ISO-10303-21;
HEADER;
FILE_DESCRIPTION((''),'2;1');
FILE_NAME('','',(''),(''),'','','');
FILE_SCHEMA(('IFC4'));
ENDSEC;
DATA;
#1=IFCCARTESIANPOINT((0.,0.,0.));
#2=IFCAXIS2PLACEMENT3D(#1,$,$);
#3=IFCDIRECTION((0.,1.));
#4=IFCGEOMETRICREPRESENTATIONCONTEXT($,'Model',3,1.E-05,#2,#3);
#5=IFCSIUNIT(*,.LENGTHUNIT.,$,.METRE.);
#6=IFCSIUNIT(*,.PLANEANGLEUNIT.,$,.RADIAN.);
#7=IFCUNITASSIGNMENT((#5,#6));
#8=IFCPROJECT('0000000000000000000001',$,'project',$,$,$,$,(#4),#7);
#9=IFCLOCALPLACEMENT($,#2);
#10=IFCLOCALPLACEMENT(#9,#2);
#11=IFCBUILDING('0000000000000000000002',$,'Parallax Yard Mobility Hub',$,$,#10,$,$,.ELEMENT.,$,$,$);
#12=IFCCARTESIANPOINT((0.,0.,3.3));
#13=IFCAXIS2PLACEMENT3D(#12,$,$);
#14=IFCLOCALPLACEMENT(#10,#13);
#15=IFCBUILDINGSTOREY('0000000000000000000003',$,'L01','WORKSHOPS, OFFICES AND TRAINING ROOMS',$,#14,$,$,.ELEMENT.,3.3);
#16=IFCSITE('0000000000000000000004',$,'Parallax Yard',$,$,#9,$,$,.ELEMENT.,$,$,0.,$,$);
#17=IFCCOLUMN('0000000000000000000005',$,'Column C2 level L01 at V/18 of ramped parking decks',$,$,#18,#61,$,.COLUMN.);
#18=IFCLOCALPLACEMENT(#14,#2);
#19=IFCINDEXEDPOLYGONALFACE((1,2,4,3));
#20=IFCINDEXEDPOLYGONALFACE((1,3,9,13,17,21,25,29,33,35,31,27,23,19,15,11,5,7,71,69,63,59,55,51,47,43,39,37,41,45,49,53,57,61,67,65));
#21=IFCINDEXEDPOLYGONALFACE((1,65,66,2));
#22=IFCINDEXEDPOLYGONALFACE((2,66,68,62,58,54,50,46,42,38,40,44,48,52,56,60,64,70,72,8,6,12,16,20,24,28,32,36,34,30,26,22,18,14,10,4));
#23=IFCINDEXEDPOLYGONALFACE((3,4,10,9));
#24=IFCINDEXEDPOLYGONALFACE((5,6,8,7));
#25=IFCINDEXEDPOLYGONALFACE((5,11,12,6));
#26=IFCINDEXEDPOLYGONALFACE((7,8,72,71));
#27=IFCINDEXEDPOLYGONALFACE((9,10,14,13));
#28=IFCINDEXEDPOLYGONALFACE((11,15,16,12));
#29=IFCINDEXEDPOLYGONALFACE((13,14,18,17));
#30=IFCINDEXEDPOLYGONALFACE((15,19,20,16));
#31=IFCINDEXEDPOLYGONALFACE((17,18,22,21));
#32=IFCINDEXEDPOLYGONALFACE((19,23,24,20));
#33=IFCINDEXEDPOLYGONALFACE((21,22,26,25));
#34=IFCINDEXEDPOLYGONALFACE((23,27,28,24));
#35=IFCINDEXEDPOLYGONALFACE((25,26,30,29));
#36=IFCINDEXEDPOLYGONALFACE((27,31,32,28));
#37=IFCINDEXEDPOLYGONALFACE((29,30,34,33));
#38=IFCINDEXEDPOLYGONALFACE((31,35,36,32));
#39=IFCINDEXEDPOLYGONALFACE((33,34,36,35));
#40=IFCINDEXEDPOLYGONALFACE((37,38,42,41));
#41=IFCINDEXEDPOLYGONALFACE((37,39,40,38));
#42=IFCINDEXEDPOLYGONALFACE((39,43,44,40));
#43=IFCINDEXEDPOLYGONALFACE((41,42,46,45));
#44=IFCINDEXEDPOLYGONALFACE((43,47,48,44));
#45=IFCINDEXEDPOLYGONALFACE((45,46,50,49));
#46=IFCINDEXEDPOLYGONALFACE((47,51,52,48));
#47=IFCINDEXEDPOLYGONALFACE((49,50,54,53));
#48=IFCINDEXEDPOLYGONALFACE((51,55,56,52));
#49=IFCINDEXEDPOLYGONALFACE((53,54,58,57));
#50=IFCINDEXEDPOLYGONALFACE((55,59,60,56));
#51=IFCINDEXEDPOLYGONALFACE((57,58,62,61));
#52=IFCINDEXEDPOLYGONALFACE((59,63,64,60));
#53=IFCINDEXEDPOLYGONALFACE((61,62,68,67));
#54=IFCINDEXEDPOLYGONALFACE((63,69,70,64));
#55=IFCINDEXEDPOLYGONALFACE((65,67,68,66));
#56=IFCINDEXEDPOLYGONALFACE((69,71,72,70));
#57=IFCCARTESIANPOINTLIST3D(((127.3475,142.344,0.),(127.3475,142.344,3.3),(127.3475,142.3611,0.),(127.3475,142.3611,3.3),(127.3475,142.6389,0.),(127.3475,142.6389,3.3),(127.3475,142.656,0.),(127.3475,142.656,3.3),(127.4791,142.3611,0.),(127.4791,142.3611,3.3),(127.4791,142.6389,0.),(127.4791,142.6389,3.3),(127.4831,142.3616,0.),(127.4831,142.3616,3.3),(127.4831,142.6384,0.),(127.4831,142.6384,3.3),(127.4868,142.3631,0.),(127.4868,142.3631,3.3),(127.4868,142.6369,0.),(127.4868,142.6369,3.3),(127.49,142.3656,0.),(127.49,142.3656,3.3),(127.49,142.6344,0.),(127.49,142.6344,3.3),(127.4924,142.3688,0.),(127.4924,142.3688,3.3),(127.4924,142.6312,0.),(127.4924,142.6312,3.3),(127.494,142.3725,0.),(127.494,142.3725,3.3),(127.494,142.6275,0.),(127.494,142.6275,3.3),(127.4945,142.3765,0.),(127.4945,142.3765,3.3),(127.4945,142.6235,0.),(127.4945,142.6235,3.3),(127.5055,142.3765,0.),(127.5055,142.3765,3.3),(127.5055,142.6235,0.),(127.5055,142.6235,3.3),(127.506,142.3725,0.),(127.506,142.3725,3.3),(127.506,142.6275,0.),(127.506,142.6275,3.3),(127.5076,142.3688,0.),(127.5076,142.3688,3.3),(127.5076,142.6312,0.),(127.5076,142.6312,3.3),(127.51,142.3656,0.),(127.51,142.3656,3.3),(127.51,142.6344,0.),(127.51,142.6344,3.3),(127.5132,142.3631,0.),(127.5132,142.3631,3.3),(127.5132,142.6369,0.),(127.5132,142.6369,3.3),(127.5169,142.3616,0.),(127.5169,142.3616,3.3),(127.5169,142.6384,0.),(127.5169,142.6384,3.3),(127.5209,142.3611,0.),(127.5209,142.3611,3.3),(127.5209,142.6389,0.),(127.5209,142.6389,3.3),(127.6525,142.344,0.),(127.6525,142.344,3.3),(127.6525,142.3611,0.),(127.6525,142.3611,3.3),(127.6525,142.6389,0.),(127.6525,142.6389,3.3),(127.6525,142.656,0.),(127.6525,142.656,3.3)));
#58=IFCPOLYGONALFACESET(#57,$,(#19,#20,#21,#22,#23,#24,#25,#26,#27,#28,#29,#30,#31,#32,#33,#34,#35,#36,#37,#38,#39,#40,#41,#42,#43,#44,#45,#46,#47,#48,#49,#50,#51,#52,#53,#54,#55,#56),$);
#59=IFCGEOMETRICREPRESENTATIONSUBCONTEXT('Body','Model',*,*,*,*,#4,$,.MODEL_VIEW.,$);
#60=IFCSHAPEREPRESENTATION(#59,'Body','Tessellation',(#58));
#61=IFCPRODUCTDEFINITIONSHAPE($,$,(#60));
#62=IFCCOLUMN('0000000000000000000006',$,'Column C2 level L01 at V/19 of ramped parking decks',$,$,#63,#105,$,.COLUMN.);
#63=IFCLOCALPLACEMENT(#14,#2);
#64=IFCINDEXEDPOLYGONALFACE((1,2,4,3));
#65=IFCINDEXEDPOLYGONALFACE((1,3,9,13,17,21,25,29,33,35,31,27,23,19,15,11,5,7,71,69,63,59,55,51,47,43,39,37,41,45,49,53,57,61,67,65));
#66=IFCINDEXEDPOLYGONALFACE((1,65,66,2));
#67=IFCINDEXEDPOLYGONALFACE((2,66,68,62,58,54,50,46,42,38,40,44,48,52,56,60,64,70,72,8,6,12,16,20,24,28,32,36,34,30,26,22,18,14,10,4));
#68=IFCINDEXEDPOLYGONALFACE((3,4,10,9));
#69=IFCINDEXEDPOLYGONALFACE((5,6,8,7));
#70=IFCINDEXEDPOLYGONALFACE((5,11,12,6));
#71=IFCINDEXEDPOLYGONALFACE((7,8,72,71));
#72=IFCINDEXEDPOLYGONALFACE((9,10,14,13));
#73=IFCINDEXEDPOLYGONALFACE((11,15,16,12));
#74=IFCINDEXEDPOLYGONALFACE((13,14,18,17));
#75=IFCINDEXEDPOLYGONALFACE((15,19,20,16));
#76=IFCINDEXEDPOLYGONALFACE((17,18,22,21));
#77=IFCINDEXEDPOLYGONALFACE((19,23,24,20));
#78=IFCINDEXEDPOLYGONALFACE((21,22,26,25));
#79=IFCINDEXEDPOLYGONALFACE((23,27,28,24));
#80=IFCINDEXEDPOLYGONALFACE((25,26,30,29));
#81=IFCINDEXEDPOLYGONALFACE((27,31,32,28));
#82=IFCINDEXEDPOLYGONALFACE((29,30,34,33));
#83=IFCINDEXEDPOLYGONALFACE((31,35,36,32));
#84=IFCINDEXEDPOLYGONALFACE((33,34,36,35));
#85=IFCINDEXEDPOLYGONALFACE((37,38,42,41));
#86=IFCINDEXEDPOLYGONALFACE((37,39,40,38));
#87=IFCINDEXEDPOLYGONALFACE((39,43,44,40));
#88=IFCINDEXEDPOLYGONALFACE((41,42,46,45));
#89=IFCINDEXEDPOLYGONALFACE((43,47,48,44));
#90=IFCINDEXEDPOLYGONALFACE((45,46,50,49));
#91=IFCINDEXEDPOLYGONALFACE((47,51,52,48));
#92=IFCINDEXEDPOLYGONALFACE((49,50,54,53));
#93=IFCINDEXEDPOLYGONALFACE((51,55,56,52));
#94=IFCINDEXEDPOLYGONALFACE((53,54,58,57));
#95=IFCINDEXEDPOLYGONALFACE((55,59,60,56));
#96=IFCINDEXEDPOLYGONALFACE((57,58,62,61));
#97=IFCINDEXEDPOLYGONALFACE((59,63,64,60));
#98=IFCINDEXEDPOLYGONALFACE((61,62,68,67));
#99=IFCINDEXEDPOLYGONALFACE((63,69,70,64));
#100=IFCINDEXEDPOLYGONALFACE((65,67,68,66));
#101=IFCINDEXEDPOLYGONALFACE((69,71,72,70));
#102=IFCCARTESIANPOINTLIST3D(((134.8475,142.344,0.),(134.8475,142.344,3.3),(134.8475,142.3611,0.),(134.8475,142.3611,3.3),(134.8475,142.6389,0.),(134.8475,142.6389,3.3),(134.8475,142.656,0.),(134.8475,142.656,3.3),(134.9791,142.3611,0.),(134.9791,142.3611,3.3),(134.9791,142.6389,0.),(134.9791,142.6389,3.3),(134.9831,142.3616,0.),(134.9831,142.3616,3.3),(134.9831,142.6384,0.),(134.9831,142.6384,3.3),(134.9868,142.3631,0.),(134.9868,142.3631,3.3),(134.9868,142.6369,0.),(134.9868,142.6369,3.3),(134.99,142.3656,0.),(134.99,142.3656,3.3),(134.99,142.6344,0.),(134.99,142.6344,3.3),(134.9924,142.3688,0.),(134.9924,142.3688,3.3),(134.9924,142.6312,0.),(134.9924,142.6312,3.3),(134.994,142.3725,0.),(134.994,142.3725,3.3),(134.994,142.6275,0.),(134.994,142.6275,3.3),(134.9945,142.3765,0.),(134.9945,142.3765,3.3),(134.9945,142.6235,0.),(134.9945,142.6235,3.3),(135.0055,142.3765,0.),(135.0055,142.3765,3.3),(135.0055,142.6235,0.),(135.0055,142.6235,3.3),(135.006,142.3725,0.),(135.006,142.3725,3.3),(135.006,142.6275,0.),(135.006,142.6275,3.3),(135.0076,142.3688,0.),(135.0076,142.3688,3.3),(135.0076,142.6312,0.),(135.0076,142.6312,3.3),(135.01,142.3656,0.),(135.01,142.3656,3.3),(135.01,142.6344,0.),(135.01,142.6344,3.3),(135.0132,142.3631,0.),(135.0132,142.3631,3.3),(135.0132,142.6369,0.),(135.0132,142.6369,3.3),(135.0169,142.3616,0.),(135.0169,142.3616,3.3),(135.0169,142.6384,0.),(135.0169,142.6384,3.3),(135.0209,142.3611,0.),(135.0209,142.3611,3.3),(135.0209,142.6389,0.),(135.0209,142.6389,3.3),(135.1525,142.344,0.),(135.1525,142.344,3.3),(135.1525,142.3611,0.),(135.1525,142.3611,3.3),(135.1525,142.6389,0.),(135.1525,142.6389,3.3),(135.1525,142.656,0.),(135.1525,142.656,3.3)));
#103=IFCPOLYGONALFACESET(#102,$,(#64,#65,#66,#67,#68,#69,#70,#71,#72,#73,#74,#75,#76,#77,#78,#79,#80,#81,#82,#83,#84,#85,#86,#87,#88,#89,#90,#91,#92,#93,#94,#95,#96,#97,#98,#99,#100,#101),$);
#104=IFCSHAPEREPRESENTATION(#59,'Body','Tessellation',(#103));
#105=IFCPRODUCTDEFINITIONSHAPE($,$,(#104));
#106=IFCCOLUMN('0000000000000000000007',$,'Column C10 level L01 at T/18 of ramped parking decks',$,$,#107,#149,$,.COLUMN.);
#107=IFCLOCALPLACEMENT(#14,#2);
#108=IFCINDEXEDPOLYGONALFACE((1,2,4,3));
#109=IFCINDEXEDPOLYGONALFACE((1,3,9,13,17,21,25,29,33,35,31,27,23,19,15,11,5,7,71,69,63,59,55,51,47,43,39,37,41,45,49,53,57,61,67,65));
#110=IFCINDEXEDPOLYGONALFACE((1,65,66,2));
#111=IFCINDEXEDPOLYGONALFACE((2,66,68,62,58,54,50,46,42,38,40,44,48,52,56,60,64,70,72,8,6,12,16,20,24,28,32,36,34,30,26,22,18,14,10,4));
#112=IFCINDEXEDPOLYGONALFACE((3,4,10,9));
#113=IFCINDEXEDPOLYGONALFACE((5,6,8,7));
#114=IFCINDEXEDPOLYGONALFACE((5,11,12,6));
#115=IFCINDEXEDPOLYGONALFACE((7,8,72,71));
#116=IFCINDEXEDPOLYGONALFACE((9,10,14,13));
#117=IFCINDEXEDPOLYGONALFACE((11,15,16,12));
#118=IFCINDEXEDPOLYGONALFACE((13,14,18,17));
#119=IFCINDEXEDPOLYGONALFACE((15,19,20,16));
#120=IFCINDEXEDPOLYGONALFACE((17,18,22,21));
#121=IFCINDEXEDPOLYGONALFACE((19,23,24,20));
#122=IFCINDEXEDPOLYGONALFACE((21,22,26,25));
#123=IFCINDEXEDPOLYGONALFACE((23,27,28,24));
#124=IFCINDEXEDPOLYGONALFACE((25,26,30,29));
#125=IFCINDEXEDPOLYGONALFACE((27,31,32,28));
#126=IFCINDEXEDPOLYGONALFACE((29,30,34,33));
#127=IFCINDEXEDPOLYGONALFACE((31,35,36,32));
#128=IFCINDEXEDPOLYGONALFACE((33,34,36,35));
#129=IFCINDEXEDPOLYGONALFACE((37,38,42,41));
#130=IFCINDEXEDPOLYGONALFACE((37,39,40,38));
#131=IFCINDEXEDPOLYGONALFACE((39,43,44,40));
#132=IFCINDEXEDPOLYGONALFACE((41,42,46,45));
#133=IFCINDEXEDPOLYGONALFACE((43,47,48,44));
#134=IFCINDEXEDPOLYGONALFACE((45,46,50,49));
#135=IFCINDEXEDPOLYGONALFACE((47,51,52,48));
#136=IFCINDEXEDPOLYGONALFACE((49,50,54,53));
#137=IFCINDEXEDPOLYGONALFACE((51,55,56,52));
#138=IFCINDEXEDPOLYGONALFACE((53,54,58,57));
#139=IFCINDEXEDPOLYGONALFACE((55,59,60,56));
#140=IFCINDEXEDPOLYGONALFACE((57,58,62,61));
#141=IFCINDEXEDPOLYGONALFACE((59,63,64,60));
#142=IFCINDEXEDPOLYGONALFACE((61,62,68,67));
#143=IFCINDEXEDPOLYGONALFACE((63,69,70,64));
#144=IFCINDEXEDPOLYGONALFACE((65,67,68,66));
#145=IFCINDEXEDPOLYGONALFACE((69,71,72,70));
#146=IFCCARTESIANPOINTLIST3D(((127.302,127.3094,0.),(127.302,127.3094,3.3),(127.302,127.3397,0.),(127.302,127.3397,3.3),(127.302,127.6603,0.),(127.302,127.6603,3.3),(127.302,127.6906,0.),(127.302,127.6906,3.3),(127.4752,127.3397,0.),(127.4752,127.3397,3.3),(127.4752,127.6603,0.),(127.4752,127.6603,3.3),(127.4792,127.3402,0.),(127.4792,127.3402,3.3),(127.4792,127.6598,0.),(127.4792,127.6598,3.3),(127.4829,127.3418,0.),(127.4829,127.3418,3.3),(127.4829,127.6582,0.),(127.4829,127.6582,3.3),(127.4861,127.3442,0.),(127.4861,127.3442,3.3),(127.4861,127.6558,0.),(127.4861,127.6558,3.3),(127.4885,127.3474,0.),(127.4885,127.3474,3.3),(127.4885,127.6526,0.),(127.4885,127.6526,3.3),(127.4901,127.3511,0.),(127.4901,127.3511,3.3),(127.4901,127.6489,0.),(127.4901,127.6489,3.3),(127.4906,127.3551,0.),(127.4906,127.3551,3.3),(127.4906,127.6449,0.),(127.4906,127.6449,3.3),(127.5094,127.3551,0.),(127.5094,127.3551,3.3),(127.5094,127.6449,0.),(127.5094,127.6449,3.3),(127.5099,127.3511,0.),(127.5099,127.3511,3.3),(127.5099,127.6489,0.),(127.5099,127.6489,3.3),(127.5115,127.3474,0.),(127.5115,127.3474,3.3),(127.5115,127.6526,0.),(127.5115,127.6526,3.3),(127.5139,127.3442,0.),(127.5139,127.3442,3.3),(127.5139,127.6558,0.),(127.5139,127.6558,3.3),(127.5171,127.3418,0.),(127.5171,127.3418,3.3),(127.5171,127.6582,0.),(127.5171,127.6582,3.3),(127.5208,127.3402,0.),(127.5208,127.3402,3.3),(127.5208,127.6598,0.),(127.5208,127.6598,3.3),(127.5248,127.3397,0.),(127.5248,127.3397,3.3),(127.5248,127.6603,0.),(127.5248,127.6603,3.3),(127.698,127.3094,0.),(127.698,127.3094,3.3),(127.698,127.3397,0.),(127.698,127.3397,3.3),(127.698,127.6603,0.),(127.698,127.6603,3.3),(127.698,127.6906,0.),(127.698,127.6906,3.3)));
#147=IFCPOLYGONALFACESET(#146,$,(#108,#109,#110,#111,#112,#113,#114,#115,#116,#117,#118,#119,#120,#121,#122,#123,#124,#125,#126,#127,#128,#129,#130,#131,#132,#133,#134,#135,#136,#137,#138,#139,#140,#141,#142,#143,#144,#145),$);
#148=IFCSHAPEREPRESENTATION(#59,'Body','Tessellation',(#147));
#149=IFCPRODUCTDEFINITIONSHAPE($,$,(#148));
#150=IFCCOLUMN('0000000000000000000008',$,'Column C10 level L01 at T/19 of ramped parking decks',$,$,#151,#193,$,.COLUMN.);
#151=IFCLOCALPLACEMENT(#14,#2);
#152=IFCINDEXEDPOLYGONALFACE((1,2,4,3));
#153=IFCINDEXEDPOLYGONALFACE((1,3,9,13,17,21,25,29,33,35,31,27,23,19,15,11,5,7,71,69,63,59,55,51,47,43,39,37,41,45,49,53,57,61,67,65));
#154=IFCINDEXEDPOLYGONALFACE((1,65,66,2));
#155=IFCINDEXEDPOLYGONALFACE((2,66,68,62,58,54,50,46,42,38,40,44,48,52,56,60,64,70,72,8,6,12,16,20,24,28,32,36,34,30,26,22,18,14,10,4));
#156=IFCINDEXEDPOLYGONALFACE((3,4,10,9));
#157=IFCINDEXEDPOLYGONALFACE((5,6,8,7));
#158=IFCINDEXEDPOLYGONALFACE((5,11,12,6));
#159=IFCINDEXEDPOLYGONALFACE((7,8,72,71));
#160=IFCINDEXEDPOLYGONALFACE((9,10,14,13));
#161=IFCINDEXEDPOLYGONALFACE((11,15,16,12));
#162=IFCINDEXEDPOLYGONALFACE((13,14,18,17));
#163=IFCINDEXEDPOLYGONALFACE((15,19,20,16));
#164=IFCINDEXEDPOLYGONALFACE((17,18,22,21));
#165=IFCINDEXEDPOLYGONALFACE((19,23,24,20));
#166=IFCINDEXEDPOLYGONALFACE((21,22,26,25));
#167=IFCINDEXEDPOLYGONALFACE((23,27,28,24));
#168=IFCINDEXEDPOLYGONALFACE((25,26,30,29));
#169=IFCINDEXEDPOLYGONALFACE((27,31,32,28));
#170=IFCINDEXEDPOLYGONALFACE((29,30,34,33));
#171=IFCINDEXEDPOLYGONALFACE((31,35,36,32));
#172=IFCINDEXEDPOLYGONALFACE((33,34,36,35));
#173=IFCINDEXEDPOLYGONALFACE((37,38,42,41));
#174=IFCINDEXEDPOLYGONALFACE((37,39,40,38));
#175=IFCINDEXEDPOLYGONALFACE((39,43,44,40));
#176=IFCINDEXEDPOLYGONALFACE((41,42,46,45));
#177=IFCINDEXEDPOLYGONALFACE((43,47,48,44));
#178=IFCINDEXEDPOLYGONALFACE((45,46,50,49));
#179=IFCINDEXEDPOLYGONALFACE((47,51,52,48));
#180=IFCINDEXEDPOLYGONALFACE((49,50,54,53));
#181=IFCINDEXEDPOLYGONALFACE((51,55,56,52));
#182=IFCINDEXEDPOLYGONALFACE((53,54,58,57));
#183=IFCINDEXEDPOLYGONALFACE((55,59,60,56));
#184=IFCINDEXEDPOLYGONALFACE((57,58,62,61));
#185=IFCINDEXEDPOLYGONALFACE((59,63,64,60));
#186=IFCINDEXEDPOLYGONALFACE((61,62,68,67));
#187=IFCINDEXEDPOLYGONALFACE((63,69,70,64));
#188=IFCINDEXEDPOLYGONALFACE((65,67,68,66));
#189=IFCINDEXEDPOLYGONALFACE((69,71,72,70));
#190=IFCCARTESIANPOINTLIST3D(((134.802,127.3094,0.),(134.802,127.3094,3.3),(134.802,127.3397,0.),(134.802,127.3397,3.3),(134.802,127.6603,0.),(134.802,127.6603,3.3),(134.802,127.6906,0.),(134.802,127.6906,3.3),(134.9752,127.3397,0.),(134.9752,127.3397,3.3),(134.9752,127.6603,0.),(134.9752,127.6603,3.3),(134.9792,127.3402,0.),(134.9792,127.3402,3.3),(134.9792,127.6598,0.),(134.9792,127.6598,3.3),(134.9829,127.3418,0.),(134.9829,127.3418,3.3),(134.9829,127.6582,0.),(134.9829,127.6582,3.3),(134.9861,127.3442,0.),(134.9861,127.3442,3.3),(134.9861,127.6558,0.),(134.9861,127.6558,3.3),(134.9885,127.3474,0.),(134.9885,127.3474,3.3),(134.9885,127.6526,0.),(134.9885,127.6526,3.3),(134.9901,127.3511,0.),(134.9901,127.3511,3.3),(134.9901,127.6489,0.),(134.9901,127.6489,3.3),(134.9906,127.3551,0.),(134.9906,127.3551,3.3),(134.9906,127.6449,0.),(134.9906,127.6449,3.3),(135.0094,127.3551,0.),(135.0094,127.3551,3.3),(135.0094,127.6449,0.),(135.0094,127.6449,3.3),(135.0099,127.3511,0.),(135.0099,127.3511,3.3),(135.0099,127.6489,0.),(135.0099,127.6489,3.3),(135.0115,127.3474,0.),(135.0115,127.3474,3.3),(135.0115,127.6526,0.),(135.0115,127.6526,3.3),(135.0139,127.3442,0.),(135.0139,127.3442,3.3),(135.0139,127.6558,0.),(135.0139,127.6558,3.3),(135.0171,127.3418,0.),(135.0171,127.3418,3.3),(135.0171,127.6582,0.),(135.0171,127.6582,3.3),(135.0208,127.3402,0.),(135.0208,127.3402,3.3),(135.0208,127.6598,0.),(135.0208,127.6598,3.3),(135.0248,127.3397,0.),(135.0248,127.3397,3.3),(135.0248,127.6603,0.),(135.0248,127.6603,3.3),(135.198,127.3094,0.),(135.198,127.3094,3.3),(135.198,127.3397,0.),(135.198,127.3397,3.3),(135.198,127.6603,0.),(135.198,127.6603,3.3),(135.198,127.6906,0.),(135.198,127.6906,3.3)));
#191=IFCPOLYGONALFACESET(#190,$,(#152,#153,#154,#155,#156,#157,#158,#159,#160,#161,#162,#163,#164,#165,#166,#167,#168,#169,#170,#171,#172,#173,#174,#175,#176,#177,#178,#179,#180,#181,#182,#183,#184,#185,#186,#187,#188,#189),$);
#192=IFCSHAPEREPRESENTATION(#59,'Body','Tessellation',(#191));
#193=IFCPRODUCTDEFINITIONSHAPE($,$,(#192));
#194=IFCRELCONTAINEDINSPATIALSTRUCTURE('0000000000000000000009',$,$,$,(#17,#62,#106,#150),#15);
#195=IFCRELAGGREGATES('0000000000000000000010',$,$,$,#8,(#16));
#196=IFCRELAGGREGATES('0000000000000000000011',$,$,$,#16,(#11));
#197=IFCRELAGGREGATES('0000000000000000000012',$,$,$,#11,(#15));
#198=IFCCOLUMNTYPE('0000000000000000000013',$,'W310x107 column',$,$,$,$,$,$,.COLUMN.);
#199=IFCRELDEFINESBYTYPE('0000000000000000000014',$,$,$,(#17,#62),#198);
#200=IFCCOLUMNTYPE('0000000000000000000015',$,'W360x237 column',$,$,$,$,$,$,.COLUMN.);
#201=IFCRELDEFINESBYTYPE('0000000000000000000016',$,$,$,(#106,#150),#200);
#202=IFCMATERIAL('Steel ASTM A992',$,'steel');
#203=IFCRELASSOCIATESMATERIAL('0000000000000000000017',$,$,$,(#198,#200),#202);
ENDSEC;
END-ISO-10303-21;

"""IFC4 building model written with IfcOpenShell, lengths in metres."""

from ifc_helpers import new_model, si_unit, direction, frame, origin, origin_2d, place, context, subcontext, project, spatial, i_section, extrude, material, material_profile, profile_set, type_object, element, save


model = new_model("IFC4")

# Units and contexts
model_context = context("Model", 3, precision=1e-05, world=origin(), true_north=direction((0.0, 1.0)))
body_context = subcontext(model_context, "Body", "Model", "MODEL_VIEW")
ifc_project = project(units=[si_unit("LENGTHUNIT", "METRE"), si_unit("PLANEANGLEUNIT", "RADIAN")], contexts=[model_context])

# Site, building, storey
site_placement = place(None, origin())
site = spatial("IfcSite", under=ifc_project, at=site_placement, Name="Parallax Yard", CompositionType="ELEMENT", RefElevation=0.0)
building_placement = place(site_placement, origin())
building = spatial("IfcBuilding", under=site, at=building_placement, Name="Parallax Yard Mobility Hub", CompositionType="ELEMENT")
storey_placement = place(building_placement, frame((0.0, 0.0, 3.3)))
storey = spatial("IfcBuildingStorey", under=building, at=storey_placement, Name="L01", Description="WORKSHOPS, OFFICES AND TRAINING ROOMS", CompositionType="ELEMENT", Elevation=3.3)

# Columns
ifc_material_1 = material(Name="Steel ASTM A992", Category="steel")
ifc_material_profile_1 = material_profile(ifc_material_1, i_section(OverallWidth=0.3049, OverallDepth=0.312, WebThickness=0.011, FlangeThickness=0.0171, FilletRadius=0.0154, at=origin_2d()), Name="W310x107")
ifc_profile_set_1 = profile_set([ifc_material_profile_1], Name="Steel ASTM A992")
column_type_1 = type_object("IfcColumnType", Name="W310x107 column", PredefinedType="COLUMN", material=ifc_profile_set_1)
for number, where, z_axis, x_axis, name in (
    (1, (127.5, 142.5, 0.0), (0.0, 0.0, 1.0), (1.0, 0.0, 0.0), "Column C2 level L01 at V/18 of ramped parking decks"),
    (2, (135.0, 142.5, 0.0), (0.0, 0.0, 1.0), (1.0, 0.0, 0.0), "Column C2 level L01 at V/19 of ramped parking decks"),
):
    element("IfcColumn", number, at=place(storey_placement, frame(where, z_axis=z_axis, x_axis=x_axis)), inside=storey, type_object=column_type_1, Name=name, PredefinedType="COLUMN", context=body_context, shape_type="SweptSolid", body=[
        extrude(i_section(OverallWidth=0.3049, OverallDepth=0.312, WebThickness=0.011, FlangeThickness=0.0171, FilletRadius=0.0154, at=origin_2d()), origin(), (0.0, 0.0, 1.0), 3.3),
    ])
ifc_material_profile_2 = material_profile(ifc_material_1, i_section(OverallWidth=0.396, OverallDepth=0.3811, WebThickness=0.0188, FlangeThickness=0.0303, FilletRadius=0.0154, at=origin_2d()), Name="W360x237")
ifc_profile_set_2 = profile_set([ifc_material_profile_2], Name="Steel ASTM A992")
column_type_2 = type_object("IfcColumnType", Name="W360x237 column", PredefinedType="COLUMN", material=ifc_profile_set_2)
for number, where, z_axis, x_axis, name in (
    (3, (127.5, 127.5, 0.0), (0.0, 0.0, 1.0), (1.0, 0.0, 0.0), "Column C10 level L01 at T/18 of ramped parking decks"),
    (4, (135.0, 127.5, 0.0), (0.0, 0.0, 1.0), (1.0, 0.0, 0.0), "Column C10 level L01 at T/19 of ramped parking decks"),
):
    element("IfcColumn", number, at=place(storey_placement, frame(where, z_axis=z_axis, x_axis=x_axis)), inside=storey, type_object=column_type_2, Name=name, PredefinedType="COLUMN", context=body_context, shape_type="SweptSolid", body=[
        extrude(i_section(OverallWidth=0.396, OverallDepth=0.3811, WebThickness=0.0188, FlangeThickness=0.0303, FilletRadius=0.0154, at=origin_2d()), origin(), (0.0, 0.0, 1.0), 3.3),
    ])

save(model, "model.ifc")
